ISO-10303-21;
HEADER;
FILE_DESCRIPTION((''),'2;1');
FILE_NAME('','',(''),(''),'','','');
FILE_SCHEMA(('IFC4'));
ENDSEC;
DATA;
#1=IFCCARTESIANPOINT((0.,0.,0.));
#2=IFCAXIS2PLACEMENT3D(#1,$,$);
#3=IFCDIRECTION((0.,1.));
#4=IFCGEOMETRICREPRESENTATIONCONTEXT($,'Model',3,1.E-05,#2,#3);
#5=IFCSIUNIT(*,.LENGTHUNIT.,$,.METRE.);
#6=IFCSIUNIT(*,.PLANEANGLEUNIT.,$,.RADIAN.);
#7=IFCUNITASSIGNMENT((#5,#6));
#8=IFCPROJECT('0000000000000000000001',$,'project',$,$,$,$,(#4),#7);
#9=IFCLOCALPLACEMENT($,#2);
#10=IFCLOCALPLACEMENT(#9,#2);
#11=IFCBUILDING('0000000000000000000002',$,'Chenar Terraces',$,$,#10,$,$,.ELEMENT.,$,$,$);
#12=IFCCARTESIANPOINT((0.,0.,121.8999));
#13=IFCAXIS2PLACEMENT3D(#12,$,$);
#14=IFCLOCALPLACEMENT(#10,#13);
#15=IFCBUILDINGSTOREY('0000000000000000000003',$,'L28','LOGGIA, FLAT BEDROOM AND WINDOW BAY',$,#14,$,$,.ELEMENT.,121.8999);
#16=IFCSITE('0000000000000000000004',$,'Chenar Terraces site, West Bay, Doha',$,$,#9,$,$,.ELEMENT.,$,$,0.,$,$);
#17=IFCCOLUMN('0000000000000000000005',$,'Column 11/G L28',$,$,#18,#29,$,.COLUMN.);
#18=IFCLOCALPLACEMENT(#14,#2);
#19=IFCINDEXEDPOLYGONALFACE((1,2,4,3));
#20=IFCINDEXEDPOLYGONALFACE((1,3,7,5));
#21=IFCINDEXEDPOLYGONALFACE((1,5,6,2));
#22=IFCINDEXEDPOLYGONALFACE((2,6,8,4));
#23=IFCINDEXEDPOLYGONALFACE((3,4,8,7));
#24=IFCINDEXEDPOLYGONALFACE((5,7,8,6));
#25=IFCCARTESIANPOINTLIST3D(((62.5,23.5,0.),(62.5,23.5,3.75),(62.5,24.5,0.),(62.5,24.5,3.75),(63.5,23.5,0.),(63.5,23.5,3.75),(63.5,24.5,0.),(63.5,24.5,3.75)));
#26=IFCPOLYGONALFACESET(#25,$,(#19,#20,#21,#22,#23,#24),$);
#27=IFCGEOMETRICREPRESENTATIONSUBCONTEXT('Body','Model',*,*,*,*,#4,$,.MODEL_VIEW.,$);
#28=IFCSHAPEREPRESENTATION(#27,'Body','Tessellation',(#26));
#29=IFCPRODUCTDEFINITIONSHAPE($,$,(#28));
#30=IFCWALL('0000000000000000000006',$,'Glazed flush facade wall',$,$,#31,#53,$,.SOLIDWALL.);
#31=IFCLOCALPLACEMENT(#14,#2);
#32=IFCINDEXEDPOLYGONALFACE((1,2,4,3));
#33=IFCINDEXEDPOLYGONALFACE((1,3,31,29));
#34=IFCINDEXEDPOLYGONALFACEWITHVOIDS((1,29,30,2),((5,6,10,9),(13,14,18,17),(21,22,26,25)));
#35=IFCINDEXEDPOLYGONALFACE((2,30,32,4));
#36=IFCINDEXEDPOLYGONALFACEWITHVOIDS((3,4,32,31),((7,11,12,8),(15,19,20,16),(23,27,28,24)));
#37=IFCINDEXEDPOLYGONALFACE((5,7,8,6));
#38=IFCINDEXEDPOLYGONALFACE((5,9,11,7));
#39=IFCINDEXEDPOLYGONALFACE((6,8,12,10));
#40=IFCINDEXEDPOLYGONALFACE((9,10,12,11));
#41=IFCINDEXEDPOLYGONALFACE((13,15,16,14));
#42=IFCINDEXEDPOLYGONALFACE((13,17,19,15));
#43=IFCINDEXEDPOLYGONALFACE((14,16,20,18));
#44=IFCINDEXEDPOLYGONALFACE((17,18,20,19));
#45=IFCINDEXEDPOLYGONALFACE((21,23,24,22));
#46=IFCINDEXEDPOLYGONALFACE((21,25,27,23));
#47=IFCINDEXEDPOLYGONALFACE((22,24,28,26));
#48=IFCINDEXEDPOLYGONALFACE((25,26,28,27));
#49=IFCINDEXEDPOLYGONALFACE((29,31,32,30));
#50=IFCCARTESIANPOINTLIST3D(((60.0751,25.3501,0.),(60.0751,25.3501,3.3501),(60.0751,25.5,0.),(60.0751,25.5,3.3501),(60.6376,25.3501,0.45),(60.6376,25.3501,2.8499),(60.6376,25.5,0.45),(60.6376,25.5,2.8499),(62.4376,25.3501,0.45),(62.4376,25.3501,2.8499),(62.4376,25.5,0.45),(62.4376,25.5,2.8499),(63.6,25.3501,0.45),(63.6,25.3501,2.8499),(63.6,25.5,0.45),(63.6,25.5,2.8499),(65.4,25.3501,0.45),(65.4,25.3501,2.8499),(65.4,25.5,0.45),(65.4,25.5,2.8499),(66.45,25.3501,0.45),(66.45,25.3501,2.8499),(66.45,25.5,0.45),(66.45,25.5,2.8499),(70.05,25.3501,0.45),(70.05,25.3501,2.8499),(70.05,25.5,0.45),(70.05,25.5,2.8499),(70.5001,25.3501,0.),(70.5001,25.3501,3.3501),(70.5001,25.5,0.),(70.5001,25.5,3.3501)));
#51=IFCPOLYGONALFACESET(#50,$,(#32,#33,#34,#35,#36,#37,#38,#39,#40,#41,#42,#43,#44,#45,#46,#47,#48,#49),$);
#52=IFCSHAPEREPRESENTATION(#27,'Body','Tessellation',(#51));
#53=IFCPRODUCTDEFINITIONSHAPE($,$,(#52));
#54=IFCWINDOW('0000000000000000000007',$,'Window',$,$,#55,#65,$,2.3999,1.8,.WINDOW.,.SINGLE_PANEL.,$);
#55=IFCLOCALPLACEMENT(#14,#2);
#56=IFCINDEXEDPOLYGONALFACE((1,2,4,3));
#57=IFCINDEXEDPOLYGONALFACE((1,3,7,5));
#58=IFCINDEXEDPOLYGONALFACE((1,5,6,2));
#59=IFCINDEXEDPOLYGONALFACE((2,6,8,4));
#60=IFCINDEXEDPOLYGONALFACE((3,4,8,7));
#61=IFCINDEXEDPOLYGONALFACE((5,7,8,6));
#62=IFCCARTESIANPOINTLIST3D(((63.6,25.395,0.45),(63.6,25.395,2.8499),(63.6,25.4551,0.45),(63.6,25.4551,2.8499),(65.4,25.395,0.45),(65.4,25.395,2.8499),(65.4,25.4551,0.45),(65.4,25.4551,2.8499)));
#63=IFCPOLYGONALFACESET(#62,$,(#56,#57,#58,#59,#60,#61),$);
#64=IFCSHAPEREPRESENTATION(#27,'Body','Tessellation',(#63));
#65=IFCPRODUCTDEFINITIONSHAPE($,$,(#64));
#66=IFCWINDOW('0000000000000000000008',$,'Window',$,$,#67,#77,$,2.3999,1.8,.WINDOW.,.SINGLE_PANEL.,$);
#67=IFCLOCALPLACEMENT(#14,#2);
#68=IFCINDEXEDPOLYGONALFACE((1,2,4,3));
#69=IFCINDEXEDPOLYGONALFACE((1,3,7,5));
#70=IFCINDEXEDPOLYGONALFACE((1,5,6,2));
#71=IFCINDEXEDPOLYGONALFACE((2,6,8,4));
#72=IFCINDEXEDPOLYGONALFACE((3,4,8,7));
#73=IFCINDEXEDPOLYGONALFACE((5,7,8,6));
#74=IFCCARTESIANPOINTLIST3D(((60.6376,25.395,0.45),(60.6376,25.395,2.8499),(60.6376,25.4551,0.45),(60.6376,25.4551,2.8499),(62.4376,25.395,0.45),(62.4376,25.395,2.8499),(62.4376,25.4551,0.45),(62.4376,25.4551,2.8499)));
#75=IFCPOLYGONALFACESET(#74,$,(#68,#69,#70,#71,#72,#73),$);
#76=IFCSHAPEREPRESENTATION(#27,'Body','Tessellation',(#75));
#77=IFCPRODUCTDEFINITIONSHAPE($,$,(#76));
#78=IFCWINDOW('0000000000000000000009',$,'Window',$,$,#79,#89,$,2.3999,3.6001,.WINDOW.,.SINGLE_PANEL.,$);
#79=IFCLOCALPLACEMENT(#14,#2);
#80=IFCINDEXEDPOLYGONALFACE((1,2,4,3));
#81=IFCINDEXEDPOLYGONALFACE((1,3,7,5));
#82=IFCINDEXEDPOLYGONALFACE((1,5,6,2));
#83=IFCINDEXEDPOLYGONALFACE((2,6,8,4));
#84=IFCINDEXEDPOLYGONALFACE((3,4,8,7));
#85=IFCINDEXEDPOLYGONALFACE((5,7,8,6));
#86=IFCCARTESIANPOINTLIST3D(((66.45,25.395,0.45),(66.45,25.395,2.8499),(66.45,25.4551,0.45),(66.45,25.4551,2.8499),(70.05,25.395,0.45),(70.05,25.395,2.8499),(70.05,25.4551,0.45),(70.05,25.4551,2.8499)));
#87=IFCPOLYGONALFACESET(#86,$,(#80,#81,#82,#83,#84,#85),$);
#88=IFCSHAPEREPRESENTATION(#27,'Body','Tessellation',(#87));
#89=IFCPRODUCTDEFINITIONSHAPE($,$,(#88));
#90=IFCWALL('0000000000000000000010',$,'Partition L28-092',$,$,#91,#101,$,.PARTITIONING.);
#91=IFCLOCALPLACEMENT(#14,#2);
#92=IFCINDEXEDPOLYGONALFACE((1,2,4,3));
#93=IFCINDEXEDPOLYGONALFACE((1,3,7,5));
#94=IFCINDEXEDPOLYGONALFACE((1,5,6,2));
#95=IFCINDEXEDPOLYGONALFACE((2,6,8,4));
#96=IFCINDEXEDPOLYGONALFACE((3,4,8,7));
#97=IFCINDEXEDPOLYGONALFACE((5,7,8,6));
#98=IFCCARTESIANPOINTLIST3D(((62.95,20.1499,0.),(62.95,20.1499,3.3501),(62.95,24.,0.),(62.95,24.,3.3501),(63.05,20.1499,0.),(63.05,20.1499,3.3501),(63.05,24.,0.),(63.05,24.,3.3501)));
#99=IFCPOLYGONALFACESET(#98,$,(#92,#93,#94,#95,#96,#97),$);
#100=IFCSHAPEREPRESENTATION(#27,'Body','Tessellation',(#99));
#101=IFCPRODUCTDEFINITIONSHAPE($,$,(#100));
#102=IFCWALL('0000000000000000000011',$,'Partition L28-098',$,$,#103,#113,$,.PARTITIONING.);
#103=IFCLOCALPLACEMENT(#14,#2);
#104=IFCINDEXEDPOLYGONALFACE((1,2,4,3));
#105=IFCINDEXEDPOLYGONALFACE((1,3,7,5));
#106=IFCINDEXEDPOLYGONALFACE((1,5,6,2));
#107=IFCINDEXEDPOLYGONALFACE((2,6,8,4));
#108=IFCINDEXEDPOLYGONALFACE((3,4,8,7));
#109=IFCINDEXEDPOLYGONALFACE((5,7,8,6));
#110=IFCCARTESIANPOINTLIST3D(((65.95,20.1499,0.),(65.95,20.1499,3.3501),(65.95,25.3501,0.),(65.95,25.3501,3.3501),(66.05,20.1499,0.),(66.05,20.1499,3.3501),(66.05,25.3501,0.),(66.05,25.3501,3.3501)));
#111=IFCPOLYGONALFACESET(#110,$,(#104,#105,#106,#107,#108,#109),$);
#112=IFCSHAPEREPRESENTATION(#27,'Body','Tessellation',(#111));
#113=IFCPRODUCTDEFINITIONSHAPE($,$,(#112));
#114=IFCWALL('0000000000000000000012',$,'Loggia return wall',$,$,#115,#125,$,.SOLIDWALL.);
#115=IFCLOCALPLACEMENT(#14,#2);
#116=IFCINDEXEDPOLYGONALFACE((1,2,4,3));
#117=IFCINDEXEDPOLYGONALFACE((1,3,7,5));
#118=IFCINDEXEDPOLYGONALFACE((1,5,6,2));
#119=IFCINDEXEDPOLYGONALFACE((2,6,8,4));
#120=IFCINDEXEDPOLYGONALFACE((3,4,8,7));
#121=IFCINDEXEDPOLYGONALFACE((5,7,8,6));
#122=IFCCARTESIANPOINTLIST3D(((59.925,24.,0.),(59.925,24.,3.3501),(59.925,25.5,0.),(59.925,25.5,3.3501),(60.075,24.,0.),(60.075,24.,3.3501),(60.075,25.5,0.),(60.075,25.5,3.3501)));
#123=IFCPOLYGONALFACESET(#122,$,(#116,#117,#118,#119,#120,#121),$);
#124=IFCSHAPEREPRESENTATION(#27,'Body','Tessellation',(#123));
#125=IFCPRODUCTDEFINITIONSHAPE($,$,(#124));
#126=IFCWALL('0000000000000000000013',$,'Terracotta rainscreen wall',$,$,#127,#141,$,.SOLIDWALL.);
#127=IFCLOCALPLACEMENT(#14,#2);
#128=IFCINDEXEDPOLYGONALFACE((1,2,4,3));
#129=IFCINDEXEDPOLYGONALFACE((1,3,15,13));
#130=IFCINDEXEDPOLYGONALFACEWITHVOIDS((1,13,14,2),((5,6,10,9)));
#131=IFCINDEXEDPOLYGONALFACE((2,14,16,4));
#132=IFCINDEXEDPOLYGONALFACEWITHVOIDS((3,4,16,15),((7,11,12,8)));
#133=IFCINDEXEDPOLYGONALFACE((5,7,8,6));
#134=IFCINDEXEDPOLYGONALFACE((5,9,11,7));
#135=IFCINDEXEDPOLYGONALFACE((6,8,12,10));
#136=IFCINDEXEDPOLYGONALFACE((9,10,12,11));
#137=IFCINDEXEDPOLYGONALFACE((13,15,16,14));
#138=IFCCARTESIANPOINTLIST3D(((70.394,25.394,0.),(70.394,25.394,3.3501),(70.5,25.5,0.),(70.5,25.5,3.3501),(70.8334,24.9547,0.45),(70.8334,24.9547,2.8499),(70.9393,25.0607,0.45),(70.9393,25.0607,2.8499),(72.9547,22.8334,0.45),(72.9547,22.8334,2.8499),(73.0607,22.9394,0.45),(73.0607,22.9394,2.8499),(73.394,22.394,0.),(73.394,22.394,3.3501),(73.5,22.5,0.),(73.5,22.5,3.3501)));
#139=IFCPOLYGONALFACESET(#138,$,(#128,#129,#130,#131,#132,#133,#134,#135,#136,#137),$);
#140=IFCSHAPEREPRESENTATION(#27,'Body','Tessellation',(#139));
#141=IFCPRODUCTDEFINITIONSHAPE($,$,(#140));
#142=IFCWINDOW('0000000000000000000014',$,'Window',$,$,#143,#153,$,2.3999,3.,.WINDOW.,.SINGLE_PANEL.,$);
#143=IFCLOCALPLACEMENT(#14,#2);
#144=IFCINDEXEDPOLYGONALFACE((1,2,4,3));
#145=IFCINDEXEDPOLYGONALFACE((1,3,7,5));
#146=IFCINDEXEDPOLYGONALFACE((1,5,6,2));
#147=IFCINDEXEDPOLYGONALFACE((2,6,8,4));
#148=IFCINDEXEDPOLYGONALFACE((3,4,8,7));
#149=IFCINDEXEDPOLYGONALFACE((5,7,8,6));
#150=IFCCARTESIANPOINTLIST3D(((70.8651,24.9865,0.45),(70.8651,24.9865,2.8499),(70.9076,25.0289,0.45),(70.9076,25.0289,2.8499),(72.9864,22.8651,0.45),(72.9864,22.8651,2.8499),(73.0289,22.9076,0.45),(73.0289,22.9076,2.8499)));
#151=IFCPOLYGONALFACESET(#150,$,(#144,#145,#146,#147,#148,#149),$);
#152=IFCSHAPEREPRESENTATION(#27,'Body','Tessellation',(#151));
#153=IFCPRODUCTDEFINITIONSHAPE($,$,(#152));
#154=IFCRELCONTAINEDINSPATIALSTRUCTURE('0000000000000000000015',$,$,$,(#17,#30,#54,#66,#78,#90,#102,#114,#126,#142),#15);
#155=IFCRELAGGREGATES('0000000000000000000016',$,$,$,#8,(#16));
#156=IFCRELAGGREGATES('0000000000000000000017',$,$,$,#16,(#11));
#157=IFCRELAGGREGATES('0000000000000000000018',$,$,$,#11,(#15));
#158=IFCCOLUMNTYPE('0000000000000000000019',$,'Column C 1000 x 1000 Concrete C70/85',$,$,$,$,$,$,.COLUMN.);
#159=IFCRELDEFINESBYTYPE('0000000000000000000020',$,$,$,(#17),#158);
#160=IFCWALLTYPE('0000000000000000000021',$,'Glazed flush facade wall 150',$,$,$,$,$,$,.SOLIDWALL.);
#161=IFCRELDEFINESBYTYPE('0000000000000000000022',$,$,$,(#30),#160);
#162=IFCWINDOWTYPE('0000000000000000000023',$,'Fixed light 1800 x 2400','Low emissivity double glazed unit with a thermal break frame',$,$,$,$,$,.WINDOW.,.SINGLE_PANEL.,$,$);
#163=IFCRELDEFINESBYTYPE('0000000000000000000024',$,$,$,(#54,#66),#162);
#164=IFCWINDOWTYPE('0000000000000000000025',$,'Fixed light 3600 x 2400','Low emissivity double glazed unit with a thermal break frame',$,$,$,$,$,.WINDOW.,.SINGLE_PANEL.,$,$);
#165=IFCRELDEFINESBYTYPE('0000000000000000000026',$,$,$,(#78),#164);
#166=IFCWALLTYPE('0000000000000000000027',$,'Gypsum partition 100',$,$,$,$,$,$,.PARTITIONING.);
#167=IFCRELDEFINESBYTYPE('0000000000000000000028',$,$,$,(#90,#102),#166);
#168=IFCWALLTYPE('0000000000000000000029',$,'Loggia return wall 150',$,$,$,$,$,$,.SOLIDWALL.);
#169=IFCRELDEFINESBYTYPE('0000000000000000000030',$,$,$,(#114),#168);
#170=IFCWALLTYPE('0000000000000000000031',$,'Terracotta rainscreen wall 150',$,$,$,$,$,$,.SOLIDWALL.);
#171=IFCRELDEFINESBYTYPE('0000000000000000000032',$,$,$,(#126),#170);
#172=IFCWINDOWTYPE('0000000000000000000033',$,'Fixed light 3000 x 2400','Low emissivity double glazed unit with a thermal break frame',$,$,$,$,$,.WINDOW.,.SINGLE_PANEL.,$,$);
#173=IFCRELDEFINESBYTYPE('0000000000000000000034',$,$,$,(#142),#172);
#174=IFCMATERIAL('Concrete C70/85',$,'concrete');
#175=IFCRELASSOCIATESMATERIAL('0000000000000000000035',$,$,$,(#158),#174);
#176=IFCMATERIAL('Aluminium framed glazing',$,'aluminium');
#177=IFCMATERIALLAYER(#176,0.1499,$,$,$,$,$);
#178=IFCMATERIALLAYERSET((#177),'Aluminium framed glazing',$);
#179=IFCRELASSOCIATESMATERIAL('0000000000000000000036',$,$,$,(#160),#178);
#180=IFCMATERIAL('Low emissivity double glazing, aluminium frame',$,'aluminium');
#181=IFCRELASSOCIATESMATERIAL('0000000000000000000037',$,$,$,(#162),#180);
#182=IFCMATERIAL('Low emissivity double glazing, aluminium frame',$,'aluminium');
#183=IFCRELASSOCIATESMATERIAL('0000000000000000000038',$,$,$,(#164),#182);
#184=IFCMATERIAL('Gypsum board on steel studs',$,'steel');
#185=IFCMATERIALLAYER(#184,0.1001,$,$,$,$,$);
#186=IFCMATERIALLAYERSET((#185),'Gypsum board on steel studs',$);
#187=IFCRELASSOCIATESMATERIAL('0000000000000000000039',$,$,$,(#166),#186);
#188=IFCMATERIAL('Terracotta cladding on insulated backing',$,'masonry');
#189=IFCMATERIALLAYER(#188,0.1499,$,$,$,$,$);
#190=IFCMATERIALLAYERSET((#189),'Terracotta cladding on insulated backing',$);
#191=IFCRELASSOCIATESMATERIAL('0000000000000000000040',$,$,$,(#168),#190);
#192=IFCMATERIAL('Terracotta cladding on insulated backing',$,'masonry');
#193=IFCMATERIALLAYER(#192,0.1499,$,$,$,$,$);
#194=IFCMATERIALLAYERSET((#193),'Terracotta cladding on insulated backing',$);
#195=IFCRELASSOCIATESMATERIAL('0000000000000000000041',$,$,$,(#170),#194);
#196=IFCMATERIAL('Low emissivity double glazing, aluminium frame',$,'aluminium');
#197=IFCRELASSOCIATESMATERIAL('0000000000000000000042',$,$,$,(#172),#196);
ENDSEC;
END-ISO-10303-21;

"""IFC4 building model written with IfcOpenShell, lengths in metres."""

from ifc_helpers import new_model, si_unit, direction, frame, frame_2d, origin, origin_2d, place, context, subcontext, project, spatial, rectangle, extrude, material, layer, layer_set, material_profile, profile_set, type_object, element, fill, save


model = new_model("IFC4")

# Units and contexts
model_context = context("Model", 3, precision=1e-05, world=origin(), true_north=direction((0.0, 1.0)))
body_context = subcontext(model_context, "Body", "Model", "MODEL_VIEW")
ifc_project = project(units=[si_unit("LENGTHUNIT", "METRE"), si_unit("PLANEANGLEUNIT", "RADIAN")], contexts=[model_context])

# Site, building, storey
site_placement = place(None, origin())
site = spatial("IfcSite", under=ifc_project, at=site_placement, Name="Chenar Terraces site, West Bay, Doha", CompositionType="ELEMENT", RefElevation=0.0)
building_placement = place(site_placement, origin())
building = spatial("IfcBuilding", under=site, at=building_placement, Name="Chenar Terraces", CompositionType="ELEMENT")
storey_placement = place(building_placement, frame((0.0, 0.0, 121.8999)))
storey = spatial("IfcBuildingStorey", under=building, at=storey_placement, Name="L28", Description="LOGGIA, FLAT BEDROOM AND WINDOW BAY", CompositionType="ELEMENT", Elevation=121.8999)

# Column
ifc_material_1 = material(Name="Concrete C70/85", Category="concrete")
ifc_material_profile_1 = material_profile(ifc_material_1, rectangle(XDim=1.0, YDim=1.0, at=origin_2d()), Name="C 1000 x 1000")
ifc_profile_set_1 = profile_set([ifc_material_profile_1], Name="Concrete C70/85")
column_type = type_object("IfcColumnType", Name="Column C 1000 x 1000 Concrete C70/85", PredefinedType="COLUMN", material=ifc_profile_set_1)
column_placement = place(storey_placement, frame((63.0, 24.0, 0.0), z_axis=(0.0, 0.0, 1.0), x_axis=(1.0, 0.0, 0.0)))
element("IfcColumn", 1, at=column_placement, inside=storey, type_object=column_type, Name="Column 11/G L28", PredefinedType="COLUMN", context=body_context, shape_type="SweptSolid", body=[
    extrude(rectangle(XDim=1.0, YDim=1.0, at=origin_2d()), origin(), (0.0, 0.0, 1.0), 3.75),
])

# Wall, openings, windows
ifc_material_2 = material(Name="Aluminium framed glazing", Category="aluminium")
ifc_layer_1 = layer(ifc_material_2, 0.1499)
ifc_layer_set_1 = layer_set([ifc_layer_1], Name="Aluminium framed glazing")
wall_type_1 = type_object("IfcWallType", Name="Glazed flush facade wall 150", PredefinedType="SOLIDWALL", material=ifc_layer_set_1)
wall_1_placement = place(storey_placement, frame((70.5, 25.425, 0.0), z_axis=(0.0, 0.0, 1.0), x_axis=(-1.0, 0.0, 0.0)))
wall_1 = element("IfcWall", 2, at=wall_1_placement, inside=storey, type_object=wall_type_1, Name="Glazed flush facade wall", PredefinedType="SOLIDWALL", context=body_context, shape_type="SweptSolid", body=[
    extrude(rectangle(XDim=10.425, YDim=0.1499, at=frame_2d((5.2124, 0.0))), origin(), (0.0, 0.0, 1.0), 3.3501),
])
opening_1_placement = place(wall_1_placement, frame((0.45, 0.0, 0.45)))
opening_1 = element("IfcOpeningElement", 3, at=opening_1_placement, cuts=wall_1, PredefinedType="OPENING", context=body_context, shape_type="SweptSolid", body=[
    extrude(rectangle(XDim=3.6001, YDim=2.3999, at=frame_2d((1.8, 1.2))), frame((0.0, 0.085, 0.0), z_axis=(0.0, -1.0, 0.0), x_axis=(1.0, 0.0, 0.0)), (0.0, 0.0, 1.0), 0.1699),
])
opening_2_placement = place(wall_1_placement, frame((5.1001, 0.0, 0.45)))
opening_2 = element("IfcOpeningElement", 4, at=opening_2_placement, cuts=wall_1, PredefinedType="OPENING", context=body_context, shape_type="SweptSolid", body=[
    extrude(rectangle(XDim=1.8, YDim=2.3999, at=frame_2d((0.8999, 1.2))), frame((0.0, 0.085, 0.0), z_axis=(0.0, -1.0, 0.0), x_axis=(1.0, 0.0, 0.0)), (0.0, 0.0, 1.0), 0.1699),
])
opening_3_placement = place(wall_1_placement, frame((8.0625, 0.0, 0.45)))
opening_3 = element("IfcOpeningElement", 5, at=opening_3_placement, cuts=wall_1, PredefinedType="OPENING", context=body_context, shape_type="SweptSolid", body=[
    extrude(rectangle(XDim=1.8, YDim=2.3999, at=frame_2d((0.8999, 1.2))), frame((0.0, 0.085, 0.0), z_axis=(0.0, -1.0, 0.0), x_axis=(1.0, 0.0, 0.0)), (0.0, 0.0, 1.0), 0.1699),
])
ifc_material_3 = material(Name="Low emissivity double glazing, aluminium frame", Category="aluminium")
window_type_1 = type_object("IfcWindowType", Name="Fixed light 1800 x 2400", Description="Low emissivity double glazed unit with a thermal break frame", PartitioningType="SINGLE_PANEL", PredefinedType="WINDOW", material=ifc_material_3)
window_1_placement = place(opening_2_placement, origin())
window_1 = element("IfcWindow", 6, at=window_1_placement, inside=storey, type_object=window_type_1, Name="Window", OverallHeight=2.3999, OverallWidth=1.8, PartitioningType="SINGLE_PANEL", PredefinedType="WINDOW", context=body_context, shape_type="SweptSolid", body=[
    extrude(rectangle(XDim=1.8, YDim=2.3999, at=frame_2d((0.8999, 1.2))), frame((0.0, 0.03, 0.0), z_axis=(0.0, -1.0, 0.0), x_axis=(1.0, 0.0, 0.0)), (0.0, 0.0, 1.0), 0.0601),
])
fill(opening_2, window_1)
window_2_placement = place(opening_3_placement, origin())
window_2 = element("IfcWindow", 7, at=window_2_placement, inside=storey, type_object=window_type_1, Name="Window", OverallHeight=2.3999, OverallWidth=1.8, PartitioningType="SINGLE_PANEL", PredefinedType="WINDOW", context=body_context, shape_type="SweptSolid", body=[
    extrude(rectangle(XDim=1.8, YDim=2.3999, at=frame_2d((0.8999, 1.2))), frame((0.0, 0.03, 0.0), z_axis=(0.0, -1.0, 0.0), x_axis=(1.0, 0.0, 0.0)), (0.0, 0.0, 1.0), 0.0601),
])
fill(opening_3, window_2)
ifc_material_4 = material(Name="Low emissivity double glazing, aluminium frame", Category="aluminium")
window_type_2 = type_object("IfcWindowType", Name="Fixed light 3600 x 2400", Description="Low emissivity double glazed unit with a thermal break frame", PartitioningType="SINGLE_PANEL", PredefinedType="WINDOW", material=ifc_material_4)
window_3_placement = place(opening_1_placement, origin())
window_3 = element("IfcWindow", 8, at=window_3_placement, inside=storey, type_object=window_type_2, Name="Window", OverallHeight=2.3999, OverallWidth=3.6001, PartitioningType="SINGLE_PANEL", PredefinedType="WINDOW", context=body_context, shape_type="SweptSolid", body=[
    extrude(rectangle(XDim=3.6001, YDim=2.3999, at=frame_2d((1.8, 1.2))), frame((0.0, 0.03, 0.0), z_axis=(0.0, -1.0, 0.0), x_axis=(1.0, 0.0, 0.0)), (0.0, 0.0, 1.0), 0.0601),
])
fill(opening_1, window_3)

# Walls
ifc_material_5 = material(Name="Gypsum board on steel studs", Category="steel")
ifc_layer_2 = layer(ifc_material_5, 0.1001)
ifc_layer_set_2 = layer_set([ifc_layer_2], Name="Gypsum board on steel studs")
wall_type_2 = type_object("IfcWallType", Name="Gypsum partition 100", PredefinedType="PARTITIONING", material=ifc_layer_set_2)
wall_2_placement = place(storey_placement, frame((63.0, 20.1499, 0.0), z_axis=(0.0, 0.0, 1.0), x_axis=(0.0, 1.0, 0.0)))
element("IfcWall", 9, at=wall_2_placement, inside=storey, type_object=wall_type_2, Name="Partition L28-092", PredefinedType="PARTITIONING", context=body_context, shape_type="SweptSolid", body=[
    extrude(rectangle(XDim=3.8501, YDim=0.1001, at=frame_2d((1.925, 0.0))), origin(), (0.0, 0.0, 1.0), 3.3501),
])
wall_3_placement = place(storey_placement, frame((66.0, 20.1499, 0.0), z_axis=(0.0, 0.0, 1.0), x_axis=(0.0, 1.0, 0.0)))
element("IfcWall", 10, at=wall_3_placement, inside=storey, type_object=wall_type_2, Name="Partition L28-098", PredefinedType="PARTITIONING", context=body_context, shape_type="SweptSolid", body=[
    extrude(rectangle(XDim=5.2002, YDim=0.1001, at=frame_2d((2.6001, 0.0))), origin(), (0.0, 0.0, 1.0), 3.3501),
])
ifc_material_6 = material(Name="Terracotta cladding on insulated backing", Category="masonry")
ifc_layer_3 = layer(ifc_material_6, 0.1499)
ifc_layer_set_3 = layer_set([ifc_layer_3], Name="Terracotta cladding on insulated backing")
wall_type_3 = type_object("IfcWallType", Name="Loggia return wall 150", PredefinedType="SOLIDWALL", material=ifc_layer_set_3)
wall_4_placement = place(storey_placement, frame((60.0, 25.5, 0.0), z_axis=(0.0, 0.0, 1.0), x_axis=(0.0, -1.0, 0.0)))
element("IfcWall", 11, at=wall_4_placement, inside=storey, type_object=wall_type_3, Name="Loggia return wall", PredefinedType="SOLIDWALL", context=body_context, shape_type="SweptSolid", body=[
    extrude(rectangle(XDim=1.5, YDim=0.1499, at=frame_2d((0.75, 0.0))), origin(), (0.0, 0.0, 1.0), 3.3501),
])

# Wall, opening, window
ifc_material_7 = material(Name="Terracotta cladding on insulated backing", Category="masonry")
ifc_layer_4 = layer(ifc_material_7, 0.1499)
ifc_layer_set_4 = layer_set([ifc_layer_4], Name="Terracotta cladding on insulated backing")
wall_type_4 = type_object("IfcWallType", Name="Terracotta rainscreen wall 150", PredefinedType="SOLIDWALL", material=ifc_layer_set_4)
wall_5_placement = place(storey_placement, frame((73.447, 22.447, 0.0), z_axis=(0.0, 0.0, 1.0), x_axis=(-0.707107, 0.707107, 0.0)))
wall_5 = element("IfcWall", 12, at=wall_5_placement, inside=storey, type_object=wall_type_4, Name="Terracotta rainscreen wall", PredefinedType="SOLIDWALL", context=body_context, shape_type="SweptSolid", body=[
    extrude(rectangle(XDim=4.2427, YDim=0.1499, at=frame_2d((2.1213, 0.0))), origin(), (0.0, 0.0, 1.0), 3.3501),
])
opening_4_placement = place(wall_5_placement, frame((0.6213, 0.0, 0.45)))
opening_4 = element("IfcOpeningElement", 13, at=opening_4_placement, cuts=wall_5, PredefinedType="OPENING", context=body_context, shape_type="SweptSolid", body=[
    extrude(rectangle(XDim=3.0, YDim=2.3999, at=frame_2d((1.5, 1.2))), frame((0.0, 0.085, 0.0), z_axis=(0.0, -1.0, 0.0), x_axis=(1.0, 0.0, 0.0)), (0.0, 0.0, 1.0), 0.1699),
])
ifc_material_8 = material(Name="Low emissivity double glazing, aluminium frame", Category="aluminium")
window_type_3 = type_object("IfcWindowType", Name="Fixed light 3000 x 2400", Description="Low emissivity double glazed unit with a thermal break frame", PartitioningType="SINGLE_PANEL", PredefinedType="WINDOW", material=ifc_material_8)
window_4_placement = place(opening_4_placement, origin())
window_4 = element("IfcWindow", 14, at=window_4_placement, inside=storey, type_object=window_type_3, Name="Window", OverallHeight=2.3999, OverallWidth=3.0, PartitioningType="SINGLE_PANEL", PredefinedType="WINDOW", context=body_context, shape_type="SweptSolid", body=[
    extrude(rectangle(XDim=3.0, YDim=2.3999, at=frame_2d((1.5, 1.2))), frame((0.0, 0.03, 0.0), z_axis=(0.0, -1.0, 0.0), x_axis=(1.0, 0.0, 0.0)), (0.0, 0.0, 1.0), 0.0601),
])
fill(opening_4, window_4)

save(model, "model.ifc")
